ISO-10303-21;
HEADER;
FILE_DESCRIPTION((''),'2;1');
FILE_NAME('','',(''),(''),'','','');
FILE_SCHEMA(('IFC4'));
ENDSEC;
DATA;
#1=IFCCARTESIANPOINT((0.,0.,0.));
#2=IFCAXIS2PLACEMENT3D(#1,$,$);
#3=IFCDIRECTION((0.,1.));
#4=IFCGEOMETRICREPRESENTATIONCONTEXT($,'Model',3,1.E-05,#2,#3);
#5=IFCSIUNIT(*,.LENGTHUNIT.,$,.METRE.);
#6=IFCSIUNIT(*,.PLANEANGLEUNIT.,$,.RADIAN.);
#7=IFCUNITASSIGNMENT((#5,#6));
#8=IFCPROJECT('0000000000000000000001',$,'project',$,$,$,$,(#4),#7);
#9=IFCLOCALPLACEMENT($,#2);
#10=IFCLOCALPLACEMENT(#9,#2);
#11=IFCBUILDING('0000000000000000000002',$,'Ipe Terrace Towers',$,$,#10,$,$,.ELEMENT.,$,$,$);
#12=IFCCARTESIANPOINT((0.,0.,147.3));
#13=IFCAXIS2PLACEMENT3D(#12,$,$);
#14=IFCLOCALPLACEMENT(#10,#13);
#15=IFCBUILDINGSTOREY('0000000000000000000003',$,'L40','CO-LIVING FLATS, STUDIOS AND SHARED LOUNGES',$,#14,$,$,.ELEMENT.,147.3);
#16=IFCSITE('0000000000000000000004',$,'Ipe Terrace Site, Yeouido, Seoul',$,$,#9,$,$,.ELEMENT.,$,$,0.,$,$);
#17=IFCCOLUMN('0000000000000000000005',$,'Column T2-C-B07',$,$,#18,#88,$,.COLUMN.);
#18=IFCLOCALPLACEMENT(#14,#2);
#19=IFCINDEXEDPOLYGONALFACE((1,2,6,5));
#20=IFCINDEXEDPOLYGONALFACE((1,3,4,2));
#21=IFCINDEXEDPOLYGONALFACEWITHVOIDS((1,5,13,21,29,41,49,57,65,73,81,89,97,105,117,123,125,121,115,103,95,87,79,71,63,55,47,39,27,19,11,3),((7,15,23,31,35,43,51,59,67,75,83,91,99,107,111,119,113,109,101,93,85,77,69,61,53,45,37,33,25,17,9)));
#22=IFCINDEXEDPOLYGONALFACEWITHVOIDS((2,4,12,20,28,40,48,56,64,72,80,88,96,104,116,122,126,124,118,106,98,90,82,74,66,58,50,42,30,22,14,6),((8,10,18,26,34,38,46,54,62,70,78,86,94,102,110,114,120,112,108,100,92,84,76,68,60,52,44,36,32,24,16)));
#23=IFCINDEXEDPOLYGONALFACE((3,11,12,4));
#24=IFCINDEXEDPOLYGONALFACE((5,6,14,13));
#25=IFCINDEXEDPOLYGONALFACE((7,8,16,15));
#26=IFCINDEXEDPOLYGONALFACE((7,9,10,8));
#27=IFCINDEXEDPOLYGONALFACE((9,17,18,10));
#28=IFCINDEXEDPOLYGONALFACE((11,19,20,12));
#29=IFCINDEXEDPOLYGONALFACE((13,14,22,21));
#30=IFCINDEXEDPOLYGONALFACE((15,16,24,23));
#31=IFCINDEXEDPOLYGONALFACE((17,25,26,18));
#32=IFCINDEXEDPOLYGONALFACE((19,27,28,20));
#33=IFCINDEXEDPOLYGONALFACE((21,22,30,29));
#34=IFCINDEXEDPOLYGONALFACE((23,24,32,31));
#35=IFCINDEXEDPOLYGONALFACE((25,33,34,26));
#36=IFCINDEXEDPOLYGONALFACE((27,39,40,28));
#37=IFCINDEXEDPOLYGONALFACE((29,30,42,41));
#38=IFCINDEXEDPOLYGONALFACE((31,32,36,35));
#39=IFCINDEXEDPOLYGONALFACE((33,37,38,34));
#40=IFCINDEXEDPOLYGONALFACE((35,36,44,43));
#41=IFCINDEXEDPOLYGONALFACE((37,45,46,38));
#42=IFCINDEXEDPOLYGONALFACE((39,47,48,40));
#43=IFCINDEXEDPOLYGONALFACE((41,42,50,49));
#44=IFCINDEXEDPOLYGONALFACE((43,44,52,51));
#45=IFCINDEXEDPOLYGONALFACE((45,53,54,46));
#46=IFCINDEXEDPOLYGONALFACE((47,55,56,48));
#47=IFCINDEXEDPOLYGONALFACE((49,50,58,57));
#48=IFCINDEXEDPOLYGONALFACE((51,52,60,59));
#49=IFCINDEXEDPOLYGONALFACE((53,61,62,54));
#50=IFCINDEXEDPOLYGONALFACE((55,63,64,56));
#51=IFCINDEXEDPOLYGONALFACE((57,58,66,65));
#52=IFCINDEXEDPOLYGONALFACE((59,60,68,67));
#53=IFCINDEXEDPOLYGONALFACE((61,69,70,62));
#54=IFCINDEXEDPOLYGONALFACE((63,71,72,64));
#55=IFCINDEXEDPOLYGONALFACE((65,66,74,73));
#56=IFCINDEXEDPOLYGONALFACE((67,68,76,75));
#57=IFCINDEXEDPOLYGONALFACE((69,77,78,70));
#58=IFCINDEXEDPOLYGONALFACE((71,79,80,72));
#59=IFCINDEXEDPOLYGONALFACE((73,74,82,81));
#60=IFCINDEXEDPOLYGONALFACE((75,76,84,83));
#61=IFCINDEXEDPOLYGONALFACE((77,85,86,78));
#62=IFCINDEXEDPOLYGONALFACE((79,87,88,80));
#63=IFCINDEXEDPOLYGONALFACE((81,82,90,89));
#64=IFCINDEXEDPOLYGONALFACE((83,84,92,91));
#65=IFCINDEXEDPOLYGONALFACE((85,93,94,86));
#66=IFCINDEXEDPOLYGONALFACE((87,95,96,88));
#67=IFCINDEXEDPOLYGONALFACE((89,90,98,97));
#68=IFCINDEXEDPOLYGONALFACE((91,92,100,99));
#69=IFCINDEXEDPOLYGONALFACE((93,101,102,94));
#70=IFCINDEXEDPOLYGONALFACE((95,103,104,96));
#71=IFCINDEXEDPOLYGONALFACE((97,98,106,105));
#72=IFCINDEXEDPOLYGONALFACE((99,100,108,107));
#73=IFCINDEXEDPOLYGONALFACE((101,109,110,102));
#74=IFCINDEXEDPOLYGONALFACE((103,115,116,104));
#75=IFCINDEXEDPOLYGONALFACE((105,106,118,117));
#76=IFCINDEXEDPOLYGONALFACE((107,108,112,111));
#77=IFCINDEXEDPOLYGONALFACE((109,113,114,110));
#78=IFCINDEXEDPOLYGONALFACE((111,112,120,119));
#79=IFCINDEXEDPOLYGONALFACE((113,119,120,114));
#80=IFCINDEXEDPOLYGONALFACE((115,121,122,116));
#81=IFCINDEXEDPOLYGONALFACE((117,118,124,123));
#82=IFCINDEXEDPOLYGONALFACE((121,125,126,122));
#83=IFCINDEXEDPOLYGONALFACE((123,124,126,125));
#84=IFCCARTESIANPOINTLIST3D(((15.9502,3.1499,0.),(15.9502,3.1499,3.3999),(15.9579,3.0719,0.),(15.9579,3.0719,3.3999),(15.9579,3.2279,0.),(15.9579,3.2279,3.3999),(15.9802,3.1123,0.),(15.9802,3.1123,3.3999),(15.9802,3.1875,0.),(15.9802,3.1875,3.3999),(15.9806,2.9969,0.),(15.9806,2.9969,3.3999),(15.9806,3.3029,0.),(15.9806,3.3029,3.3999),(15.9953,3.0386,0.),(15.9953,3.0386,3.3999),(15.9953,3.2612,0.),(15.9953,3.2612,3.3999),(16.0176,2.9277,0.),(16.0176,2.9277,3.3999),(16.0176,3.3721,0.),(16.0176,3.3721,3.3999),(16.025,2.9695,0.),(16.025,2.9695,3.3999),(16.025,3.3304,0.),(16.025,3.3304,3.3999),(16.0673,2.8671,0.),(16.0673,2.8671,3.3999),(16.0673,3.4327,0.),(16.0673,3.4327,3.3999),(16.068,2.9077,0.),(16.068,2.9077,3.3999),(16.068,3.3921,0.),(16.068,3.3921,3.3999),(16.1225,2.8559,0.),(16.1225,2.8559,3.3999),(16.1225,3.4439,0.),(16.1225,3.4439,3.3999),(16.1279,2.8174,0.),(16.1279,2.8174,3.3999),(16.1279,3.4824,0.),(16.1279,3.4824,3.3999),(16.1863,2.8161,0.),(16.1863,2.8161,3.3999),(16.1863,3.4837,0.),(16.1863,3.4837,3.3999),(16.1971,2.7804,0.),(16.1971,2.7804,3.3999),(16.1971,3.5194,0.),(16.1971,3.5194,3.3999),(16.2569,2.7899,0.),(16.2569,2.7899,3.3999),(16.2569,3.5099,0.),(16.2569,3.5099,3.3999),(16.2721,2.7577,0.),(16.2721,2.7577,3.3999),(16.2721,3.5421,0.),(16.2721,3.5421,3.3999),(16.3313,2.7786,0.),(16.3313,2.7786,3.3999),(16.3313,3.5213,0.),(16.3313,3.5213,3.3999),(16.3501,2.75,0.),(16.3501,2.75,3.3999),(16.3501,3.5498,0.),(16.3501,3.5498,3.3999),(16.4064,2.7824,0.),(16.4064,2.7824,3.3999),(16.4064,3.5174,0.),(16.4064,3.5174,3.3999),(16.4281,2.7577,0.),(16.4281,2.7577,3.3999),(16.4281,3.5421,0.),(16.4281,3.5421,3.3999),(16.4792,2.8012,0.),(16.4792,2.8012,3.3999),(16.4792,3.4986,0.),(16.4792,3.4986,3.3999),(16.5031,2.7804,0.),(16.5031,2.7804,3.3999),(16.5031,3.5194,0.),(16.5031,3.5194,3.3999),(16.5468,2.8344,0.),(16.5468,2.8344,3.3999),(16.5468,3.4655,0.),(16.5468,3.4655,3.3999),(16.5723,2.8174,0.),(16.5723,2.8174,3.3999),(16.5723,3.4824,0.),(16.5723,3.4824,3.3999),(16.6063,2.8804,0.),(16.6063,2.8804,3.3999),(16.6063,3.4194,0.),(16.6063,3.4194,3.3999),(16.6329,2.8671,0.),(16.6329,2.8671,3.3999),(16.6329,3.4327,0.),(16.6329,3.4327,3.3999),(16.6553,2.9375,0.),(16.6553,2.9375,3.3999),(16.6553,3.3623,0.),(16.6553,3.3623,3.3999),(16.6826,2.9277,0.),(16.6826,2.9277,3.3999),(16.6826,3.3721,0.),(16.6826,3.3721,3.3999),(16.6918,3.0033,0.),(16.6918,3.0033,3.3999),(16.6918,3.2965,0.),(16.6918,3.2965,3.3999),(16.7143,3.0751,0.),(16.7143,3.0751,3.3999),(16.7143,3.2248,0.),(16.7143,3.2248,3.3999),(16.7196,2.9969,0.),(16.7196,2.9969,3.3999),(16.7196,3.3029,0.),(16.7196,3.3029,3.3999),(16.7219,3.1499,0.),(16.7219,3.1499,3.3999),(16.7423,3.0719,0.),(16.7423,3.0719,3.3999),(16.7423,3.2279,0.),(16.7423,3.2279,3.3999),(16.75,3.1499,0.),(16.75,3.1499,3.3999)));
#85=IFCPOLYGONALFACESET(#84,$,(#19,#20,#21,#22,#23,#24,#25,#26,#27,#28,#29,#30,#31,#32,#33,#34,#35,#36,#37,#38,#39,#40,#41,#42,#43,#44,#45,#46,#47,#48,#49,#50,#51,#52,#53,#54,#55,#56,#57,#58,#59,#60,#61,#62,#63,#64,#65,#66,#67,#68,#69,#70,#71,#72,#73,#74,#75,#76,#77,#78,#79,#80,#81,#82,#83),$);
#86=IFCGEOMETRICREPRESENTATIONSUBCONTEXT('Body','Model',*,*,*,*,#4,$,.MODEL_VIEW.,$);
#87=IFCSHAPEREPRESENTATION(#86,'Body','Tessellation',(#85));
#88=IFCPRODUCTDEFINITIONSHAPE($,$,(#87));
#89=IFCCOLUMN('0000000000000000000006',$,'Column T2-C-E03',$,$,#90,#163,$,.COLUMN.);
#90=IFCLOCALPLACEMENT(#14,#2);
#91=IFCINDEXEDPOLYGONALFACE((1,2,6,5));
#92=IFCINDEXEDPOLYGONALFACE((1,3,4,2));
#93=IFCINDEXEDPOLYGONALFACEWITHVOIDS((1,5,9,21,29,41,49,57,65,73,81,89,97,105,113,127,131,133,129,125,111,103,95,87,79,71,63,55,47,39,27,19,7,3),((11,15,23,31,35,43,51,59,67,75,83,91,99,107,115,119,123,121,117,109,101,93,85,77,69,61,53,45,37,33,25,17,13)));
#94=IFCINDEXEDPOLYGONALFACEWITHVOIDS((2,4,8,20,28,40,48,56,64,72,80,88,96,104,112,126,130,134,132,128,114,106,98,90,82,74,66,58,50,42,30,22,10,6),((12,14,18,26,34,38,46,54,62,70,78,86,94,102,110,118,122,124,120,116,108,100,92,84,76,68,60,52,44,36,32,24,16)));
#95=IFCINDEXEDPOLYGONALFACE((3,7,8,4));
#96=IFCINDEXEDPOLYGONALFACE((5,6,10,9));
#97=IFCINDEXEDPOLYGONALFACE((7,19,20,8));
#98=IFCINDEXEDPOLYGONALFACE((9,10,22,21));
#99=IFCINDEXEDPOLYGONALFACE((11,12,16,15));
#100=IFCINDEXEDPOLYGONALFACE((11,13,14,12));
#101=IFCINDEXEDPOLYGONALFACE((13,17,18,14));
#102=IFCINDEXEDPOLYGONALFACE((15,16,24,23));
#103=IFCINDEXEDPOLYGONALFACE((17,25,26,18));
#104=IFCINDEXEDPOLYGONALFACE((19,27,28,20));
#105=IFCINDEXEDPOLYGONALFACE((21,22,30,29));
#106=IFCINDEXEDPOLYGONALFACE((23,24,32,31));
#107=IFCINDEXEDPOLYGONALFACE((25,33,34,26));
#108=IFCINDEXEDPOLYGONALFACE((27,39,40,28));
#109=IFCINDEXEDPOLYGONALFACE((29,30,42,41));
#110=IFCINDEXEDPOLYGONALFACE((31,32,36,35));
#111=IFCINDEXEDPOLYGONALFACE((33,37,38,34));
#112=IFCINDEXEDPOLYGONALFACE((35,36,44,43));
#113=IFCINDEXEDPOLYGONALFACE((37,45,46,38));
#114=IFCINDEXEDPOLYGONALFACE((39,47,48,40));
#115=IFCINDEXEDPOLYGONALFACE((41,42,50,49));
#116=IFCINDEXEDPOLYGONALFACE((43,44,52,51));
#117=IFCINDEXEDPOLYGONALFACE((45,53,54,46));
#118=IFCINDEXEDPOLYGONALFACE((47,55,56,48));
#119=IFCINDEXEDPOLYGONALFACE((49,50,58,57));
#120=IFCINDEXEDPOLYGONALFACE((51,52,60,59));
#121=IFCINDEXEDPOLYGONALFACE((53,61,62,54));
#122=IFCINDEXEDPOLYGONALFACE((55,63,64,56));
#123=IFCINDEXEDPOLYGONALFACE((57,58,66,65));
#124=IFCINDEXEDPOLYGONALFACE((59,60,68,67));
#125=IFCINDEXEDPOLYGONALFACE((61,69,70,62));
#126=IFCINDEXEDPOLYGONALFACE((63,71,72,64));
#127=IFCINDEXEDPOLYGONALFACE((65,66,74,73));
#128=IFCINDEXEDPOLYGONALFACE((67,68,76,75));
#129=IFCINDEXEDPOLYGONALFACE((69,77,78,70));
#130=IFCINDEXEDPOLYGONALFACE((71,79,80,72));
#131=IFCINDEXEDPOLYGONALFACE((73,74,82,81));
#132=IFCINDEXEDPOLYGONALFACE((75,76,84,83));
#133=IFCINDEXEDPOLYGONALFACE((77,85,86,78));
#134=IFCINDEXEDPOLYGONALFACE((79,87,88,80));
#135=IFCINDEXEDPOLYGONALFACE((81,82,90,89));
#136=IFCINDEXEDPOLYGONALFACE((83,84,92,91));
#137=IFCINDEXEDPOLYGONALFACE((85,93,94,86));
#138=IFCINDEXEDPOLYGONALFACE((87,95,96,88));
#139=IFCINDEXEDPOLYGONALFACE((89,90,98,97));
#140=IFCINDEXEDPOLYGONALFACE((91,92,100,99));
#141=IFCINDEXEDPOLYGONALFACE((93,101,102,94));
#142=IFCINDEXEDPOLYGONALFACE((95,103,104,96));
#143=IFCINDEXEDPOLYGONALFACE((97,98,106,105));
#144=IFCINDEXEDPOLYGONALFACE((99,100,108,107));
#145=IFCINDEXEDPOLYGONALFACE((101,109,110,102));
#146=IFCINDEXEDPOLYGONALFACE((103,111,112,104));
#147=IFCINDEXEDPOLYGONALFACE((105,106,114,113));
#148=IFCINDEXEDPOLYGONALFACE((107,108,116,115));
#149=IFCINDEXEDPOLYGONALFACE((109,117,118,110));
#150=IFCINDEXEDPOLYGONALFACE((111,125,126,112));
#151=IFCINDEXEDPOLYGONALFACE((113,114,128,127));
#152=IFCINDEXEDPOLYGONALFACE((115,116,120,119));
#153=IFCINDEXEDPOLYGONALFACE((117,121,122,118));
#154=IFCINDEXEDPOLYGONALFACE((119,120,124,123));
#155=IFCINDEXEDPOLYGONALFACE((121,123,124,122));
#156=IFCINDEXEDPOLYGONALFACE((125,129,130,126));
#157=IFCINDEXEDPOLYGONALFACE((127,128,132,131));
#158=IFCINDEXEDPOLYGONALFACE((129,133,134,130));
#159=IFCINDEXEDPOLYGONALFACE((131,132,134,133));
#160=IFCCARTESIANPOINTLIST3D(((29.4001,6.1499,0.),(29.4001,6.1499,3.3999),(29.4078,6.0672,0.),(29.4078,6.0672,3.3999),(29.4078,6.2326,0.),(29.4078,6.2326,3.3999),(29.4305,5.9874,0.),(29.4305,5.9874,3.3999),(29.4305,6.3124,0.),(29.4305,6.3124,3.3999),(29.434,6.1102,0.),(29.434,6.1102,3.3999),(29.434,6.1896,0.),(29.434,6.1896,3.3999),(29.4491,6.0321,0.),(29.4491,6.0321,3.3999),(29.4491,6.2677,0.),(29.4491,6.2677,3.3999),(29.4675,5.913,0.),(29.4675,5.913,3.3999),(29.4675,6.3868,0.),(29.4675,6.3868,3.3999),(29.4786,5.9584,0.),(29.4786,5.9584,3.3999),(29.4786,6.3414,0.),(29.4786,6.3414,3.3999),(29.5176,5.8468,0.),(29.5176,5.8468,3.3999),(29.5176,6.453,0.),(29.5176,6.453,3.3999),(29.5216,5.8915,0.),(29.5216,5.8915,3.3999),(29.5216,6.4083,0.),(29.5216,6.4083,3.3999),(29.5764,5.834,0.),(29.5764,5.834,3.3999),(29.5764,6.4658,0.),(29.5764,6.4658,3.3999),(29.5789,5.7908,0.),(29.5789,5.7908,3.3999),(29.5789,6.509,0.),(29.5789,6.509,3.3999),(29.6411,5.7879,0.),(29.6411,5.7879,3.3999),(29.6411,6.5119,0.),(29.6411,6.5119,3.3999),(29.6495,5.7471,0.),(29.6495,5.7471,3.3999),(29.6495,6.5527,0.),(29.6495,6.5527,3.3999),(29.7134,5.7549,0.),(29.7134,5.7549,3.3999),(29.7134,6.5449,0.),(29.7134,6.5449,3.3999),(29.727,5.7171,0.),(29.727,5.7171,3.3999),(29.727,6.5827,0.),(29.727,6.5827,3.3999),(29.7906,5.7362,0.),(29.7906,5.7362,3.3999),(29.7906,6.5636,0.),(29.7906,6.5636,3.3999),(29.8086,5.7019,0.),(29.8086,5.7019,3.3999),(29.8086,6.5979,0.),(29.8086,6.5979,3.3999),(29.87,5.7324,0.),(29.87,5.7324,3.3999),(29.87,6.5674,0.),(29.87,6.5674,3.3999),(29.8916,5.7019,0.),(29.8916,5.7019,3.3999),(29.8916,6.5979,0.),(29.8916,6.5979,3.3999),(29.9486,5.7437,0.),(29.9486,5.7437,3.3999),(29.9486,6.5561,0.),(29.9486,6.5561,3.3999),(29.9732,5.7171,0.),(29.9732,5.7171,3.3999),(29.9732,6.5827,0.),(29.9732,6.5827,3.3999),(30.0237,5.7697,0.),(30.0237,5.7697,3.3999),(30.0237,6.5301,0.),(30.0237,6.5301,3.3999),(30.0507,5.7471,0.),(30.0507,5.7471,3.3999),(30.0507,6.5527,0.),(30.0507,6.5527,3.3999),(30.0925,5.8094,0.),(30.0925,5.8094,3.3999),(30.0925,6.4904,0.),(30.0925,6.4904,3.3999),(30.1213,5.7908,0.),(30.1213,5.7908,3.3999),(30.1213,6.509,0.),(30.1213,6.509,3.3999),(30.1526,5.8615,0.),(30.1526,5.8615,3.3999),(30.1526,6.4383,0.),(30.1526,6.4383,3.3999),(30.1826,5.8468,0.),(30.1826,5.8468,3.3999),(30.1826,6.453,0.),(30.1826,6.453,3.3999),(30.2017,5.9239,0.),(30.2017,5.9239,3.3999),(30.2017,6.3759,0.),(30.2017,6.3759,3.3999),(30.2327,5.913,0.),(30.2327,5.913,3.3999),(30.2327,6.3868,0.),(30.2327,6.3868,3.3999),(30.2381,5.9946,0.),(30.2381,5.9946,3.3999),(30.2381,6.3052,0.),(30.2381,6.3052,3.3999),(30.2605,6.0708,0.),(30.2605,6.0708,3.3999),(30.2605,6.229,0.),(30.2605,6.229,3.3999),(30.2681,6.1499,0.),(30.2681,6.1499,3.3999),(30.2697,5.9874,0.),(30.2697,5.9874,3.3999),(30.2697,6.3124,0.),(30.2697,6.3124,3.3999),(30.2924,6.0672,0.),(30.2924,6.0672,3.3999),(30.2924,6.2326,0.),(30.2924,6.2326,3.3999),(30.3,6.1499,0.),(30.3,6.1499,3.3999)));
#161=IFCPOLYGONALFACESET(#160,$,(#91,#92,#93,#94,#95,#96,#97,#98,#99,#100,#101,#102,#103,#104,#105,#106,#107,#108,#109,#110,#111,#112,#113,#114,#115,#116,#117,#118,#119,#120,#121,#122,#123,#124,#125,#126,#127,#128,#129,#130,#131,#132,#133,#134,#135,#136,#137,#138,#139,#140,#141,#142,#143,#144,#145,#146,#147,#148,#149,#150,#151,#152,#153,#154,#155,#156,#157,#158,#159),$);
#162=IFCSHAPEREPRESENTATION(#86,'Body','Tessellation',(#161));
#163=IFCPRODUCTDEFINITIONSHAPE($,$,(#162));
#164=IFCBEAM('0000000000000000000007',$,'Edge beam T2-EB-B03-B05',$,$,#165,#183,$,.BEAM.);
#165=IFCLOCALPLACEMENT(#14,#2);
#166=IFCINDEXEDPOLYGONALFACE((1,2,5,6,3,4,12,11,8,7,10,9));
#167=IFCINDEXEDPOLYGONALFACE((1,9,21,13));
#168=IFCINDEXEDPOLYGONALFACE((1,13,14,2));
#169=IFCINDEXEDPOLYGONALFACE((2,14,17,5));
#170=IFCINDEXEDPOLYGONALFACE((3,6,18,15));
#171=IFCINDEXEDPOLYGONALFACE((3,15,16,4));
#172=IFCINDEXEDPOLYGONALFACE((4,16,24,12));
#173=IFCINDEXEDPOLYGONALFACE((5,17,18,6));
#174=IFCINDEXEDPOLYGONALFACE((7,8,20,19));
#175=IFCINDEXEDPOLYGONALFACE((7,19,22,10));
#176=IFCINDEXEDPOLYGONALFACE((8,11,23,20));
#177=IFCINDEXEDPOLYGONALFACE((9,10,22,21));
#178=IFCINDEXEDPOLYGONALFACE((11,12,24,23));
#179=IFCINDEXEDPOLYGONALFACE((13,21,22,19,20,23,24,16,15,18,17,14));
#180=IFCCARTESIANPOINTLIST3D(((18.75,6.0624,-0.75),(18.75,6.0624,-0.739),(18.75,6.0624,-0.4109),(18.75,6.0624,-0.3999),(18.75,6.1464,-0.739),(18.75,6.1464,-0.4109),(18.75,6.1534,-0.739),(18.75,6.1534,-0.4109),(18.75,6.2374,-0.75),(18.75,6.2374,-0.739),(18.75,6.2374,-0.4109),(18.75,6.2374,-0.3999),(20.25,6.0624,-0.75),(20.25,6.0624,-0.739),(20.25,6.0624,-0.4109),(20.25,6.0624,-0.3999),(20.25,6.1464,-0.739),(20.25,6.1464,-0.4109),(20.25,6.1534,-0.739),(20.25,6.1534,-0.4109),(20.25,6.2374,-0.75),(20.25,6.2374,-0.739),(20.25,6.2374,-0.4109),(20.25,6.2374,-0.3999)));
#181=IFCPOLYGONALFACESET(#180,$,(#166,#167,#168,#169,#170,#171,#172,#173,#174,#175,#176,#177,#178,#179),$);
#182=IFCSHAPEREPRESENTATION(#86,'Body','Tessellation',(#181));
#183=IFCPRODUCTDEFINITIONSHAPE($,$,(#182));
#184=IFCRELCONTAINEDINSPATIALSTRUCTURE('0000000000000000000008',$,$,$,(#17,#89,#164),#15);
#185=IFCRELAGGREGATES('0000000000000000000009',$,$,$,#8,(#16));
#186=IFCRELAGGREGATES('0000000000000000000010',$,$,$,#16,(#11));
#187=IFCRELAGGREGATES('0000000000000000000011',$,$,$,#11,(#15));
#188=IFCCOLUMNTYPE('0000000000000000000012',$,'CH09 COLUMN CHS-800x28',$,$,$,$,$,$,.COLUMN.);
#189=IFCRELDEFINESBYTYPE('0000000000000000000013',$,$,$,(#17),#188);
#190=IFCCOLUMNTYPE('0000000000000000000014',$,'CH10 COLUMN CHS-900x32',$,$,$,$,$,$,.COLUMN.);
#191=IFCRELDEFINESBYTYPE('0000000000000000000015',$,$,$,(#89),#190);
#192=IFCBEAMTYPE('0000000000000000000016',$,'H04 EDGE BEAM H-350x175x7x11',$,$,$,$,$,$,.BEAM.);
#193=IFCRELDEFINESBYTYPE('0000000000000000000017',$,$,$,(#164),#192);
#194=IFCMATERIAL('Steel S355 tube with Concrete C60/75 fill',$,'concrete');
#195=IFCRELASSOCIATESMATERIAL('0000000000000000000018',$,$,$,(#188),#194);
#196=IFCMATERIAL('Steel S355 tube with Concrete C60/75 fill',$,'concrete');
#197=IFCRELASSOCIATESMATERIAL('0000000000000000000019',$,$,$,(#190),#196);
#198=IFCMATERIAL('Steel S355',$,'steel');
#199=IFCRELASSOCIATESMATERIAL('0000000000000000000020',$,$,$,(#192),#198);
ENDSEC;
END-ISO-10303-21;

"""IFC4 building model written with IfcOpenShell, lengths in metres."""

from ifc_helpers import new_model, si_unit, direction, frame, origin, origin_2d, place, context, subcontext, project, spatial, hollow_circle, i_section, extrude, material, material_profile, profile_set, type_object, element, save


model = new_model("IFC4")

# Units and contexts
model_context = context("Model", 3, precision=1e-05, world=origin(), true_north=direction((0.0, 1.0)))
body_context = subcontext(model_context, "Body", "Model", "MODEL_VIEW")
ifc_project = project(units=[si_unit("LENGTHUNIT", "METRE"), si_unit("PLANEANGLEUNIT", "RADIAN")], contexts=[model_context])

# Site, building, storey
site_placement = place(None, origin())
site = spatial("IfcSite", under=ifc_project, at=site_placement, Name="Ipe Terrace Site, Yeouido, Seoul", CompositionType="ELEMENT", RefElevation=0.0)
building_placement = place(site_placement, origin())
building = spatial("IfcBuilding", under=site, at=building_placement, Name="Ipe Terrace Towers", CompositionType="ELEMENT")
storey_placement = place(building_placement, frame((0.0, 0.0, 147.3)))
storey = spatial("IfcBuildingStorey", under=building, at=storey_placement, Name="L40", Description="CO-LIVING FLATS, STUDIOS AND SHARED LOUNGES", CompositionType="ELEMENT", Elevation=147.3)

# Columns
ifc_material_1 = material(Name="Steel S355 tube with Concrete C60/75 fill", Category="concrete")
ifc_material_profile_1 = material_profile(ifc_material_1, hollow_circle(Radius=0.3999, WallThickness=0.0281, at=origin_2d()), Name="CHS-800x28")
ifc_profile_set_1 = profile_set([ifc_material_profile_1], Name="Steel S355 tube with Concrete C60/75 fill")
column_type_1 = type_object("IfcColumnType", Name="CH09 COLUMN CHS-800x28", PredefinedType="COLUMN", material=ifc_profile_set_1)
for number, where, z_axis, x_axis, name in (
    (1, (16.3501, 3.1499, 0.0), (0.0, 0.0, 1.0), (1.0, 0.0, 0.0), "Column T2-C-B07"),
):
    element("IfcColumn", number, at=place(storey_placement, frame(where, z_axis=z_axis, x_axis=x_axis)), inside=storey, type_object=column_type_1, Name=name, PredefinedType="COLUMN", context=body_context, shape_type="SweptSolid", body=[
        extrude(hollow_circle(Radius=0.3999, WallThickness=0.0281, at=origin_2d()), origin(), (0.0, 0.0, 1.0), 3.3999),
    ])
ifc_material_2 = material(Name="Steel S355 tube with Concrete C60/75 fill", Category="concrete")
ifc_material_profile_2 = material_profile(ifc_material_2, hollow_circle(Radius=0.45, WallThickness=0.032, at=origin_2d()), Name="CHS-900x32")
ifc_profile_set_2 = profile_set([ifc_material_profile_2], Name="Steel S355 tube with Concrete C60/75 fill")
column_type_2 = type_object("IfcColumnType", Name="CH10 COLUMN CHS-900x32", PredefinedType="COLUMN", material=ifc_profile_set_2)
column_placement = place(storey_placement, frame((29.8501, 6.1499, 0.0), z_axis=(0.0, 0.0, 1.0), x_axis=(1.0, 0.0, 0.0)))
element("IfcColumn", 2, at=column_placement, inside=storey, type_object=column_type_2, Name="Column T2-C-E03", PredefinedType="COLUMN", context=body_context, shape_type="SweptSolid", body=[
    extrude(hollow_circle(Radius=0.45, WallThickness=0.032, at=origin_2d()), origin(), (0.0, 0.0, 1.0), 3.3999),
])

# Beam
ifc_material_3 = material(Name="Steel S355", Category="steel")
ifc_material_profile_3 = material_profile(ifc_material_3, i_section(OverallWidth=0.175, OverallDepth=0.3501, WebThickness=0.0071, FlangeThickness=0.011, at=origin_2d()), Name="H-350x175x7x11")
ifc_profile_set_3 = profile_set([ifc_material_profile_3], Name="Steel S355")
beam_type_1 = type_object("IfcBeamType", Name="H04 EDGE BEAM H-350x175x7x11", PredefinedType="BEAM", material=ifc_profile_set_3)
beam_1_placement = place(storey_placement, frame((20.25, 6.1499, -0.575), z_axis=(-1.0, 0.0, 0.0), x_axis=(0.0, -1.0, 0.0)))
element("IfcBeam", 3, at=beam_1_placement, inside=storey, type_object=beam_type_1, Name="Edge beam T2-EB-B03-B05", PredefinedType="BEAM", context=body_context, shape_type="SweptSolid", body=[
    extrude(i_section(OverallWidth=0.175, OverallDepth=0.3501, WebThickness=0.0071, FlangeThickness=0.011, at=origin_2d()), origin(), (0.0, 0.0, 1.0), 1.5),
])

save(model, "model.ifc")
